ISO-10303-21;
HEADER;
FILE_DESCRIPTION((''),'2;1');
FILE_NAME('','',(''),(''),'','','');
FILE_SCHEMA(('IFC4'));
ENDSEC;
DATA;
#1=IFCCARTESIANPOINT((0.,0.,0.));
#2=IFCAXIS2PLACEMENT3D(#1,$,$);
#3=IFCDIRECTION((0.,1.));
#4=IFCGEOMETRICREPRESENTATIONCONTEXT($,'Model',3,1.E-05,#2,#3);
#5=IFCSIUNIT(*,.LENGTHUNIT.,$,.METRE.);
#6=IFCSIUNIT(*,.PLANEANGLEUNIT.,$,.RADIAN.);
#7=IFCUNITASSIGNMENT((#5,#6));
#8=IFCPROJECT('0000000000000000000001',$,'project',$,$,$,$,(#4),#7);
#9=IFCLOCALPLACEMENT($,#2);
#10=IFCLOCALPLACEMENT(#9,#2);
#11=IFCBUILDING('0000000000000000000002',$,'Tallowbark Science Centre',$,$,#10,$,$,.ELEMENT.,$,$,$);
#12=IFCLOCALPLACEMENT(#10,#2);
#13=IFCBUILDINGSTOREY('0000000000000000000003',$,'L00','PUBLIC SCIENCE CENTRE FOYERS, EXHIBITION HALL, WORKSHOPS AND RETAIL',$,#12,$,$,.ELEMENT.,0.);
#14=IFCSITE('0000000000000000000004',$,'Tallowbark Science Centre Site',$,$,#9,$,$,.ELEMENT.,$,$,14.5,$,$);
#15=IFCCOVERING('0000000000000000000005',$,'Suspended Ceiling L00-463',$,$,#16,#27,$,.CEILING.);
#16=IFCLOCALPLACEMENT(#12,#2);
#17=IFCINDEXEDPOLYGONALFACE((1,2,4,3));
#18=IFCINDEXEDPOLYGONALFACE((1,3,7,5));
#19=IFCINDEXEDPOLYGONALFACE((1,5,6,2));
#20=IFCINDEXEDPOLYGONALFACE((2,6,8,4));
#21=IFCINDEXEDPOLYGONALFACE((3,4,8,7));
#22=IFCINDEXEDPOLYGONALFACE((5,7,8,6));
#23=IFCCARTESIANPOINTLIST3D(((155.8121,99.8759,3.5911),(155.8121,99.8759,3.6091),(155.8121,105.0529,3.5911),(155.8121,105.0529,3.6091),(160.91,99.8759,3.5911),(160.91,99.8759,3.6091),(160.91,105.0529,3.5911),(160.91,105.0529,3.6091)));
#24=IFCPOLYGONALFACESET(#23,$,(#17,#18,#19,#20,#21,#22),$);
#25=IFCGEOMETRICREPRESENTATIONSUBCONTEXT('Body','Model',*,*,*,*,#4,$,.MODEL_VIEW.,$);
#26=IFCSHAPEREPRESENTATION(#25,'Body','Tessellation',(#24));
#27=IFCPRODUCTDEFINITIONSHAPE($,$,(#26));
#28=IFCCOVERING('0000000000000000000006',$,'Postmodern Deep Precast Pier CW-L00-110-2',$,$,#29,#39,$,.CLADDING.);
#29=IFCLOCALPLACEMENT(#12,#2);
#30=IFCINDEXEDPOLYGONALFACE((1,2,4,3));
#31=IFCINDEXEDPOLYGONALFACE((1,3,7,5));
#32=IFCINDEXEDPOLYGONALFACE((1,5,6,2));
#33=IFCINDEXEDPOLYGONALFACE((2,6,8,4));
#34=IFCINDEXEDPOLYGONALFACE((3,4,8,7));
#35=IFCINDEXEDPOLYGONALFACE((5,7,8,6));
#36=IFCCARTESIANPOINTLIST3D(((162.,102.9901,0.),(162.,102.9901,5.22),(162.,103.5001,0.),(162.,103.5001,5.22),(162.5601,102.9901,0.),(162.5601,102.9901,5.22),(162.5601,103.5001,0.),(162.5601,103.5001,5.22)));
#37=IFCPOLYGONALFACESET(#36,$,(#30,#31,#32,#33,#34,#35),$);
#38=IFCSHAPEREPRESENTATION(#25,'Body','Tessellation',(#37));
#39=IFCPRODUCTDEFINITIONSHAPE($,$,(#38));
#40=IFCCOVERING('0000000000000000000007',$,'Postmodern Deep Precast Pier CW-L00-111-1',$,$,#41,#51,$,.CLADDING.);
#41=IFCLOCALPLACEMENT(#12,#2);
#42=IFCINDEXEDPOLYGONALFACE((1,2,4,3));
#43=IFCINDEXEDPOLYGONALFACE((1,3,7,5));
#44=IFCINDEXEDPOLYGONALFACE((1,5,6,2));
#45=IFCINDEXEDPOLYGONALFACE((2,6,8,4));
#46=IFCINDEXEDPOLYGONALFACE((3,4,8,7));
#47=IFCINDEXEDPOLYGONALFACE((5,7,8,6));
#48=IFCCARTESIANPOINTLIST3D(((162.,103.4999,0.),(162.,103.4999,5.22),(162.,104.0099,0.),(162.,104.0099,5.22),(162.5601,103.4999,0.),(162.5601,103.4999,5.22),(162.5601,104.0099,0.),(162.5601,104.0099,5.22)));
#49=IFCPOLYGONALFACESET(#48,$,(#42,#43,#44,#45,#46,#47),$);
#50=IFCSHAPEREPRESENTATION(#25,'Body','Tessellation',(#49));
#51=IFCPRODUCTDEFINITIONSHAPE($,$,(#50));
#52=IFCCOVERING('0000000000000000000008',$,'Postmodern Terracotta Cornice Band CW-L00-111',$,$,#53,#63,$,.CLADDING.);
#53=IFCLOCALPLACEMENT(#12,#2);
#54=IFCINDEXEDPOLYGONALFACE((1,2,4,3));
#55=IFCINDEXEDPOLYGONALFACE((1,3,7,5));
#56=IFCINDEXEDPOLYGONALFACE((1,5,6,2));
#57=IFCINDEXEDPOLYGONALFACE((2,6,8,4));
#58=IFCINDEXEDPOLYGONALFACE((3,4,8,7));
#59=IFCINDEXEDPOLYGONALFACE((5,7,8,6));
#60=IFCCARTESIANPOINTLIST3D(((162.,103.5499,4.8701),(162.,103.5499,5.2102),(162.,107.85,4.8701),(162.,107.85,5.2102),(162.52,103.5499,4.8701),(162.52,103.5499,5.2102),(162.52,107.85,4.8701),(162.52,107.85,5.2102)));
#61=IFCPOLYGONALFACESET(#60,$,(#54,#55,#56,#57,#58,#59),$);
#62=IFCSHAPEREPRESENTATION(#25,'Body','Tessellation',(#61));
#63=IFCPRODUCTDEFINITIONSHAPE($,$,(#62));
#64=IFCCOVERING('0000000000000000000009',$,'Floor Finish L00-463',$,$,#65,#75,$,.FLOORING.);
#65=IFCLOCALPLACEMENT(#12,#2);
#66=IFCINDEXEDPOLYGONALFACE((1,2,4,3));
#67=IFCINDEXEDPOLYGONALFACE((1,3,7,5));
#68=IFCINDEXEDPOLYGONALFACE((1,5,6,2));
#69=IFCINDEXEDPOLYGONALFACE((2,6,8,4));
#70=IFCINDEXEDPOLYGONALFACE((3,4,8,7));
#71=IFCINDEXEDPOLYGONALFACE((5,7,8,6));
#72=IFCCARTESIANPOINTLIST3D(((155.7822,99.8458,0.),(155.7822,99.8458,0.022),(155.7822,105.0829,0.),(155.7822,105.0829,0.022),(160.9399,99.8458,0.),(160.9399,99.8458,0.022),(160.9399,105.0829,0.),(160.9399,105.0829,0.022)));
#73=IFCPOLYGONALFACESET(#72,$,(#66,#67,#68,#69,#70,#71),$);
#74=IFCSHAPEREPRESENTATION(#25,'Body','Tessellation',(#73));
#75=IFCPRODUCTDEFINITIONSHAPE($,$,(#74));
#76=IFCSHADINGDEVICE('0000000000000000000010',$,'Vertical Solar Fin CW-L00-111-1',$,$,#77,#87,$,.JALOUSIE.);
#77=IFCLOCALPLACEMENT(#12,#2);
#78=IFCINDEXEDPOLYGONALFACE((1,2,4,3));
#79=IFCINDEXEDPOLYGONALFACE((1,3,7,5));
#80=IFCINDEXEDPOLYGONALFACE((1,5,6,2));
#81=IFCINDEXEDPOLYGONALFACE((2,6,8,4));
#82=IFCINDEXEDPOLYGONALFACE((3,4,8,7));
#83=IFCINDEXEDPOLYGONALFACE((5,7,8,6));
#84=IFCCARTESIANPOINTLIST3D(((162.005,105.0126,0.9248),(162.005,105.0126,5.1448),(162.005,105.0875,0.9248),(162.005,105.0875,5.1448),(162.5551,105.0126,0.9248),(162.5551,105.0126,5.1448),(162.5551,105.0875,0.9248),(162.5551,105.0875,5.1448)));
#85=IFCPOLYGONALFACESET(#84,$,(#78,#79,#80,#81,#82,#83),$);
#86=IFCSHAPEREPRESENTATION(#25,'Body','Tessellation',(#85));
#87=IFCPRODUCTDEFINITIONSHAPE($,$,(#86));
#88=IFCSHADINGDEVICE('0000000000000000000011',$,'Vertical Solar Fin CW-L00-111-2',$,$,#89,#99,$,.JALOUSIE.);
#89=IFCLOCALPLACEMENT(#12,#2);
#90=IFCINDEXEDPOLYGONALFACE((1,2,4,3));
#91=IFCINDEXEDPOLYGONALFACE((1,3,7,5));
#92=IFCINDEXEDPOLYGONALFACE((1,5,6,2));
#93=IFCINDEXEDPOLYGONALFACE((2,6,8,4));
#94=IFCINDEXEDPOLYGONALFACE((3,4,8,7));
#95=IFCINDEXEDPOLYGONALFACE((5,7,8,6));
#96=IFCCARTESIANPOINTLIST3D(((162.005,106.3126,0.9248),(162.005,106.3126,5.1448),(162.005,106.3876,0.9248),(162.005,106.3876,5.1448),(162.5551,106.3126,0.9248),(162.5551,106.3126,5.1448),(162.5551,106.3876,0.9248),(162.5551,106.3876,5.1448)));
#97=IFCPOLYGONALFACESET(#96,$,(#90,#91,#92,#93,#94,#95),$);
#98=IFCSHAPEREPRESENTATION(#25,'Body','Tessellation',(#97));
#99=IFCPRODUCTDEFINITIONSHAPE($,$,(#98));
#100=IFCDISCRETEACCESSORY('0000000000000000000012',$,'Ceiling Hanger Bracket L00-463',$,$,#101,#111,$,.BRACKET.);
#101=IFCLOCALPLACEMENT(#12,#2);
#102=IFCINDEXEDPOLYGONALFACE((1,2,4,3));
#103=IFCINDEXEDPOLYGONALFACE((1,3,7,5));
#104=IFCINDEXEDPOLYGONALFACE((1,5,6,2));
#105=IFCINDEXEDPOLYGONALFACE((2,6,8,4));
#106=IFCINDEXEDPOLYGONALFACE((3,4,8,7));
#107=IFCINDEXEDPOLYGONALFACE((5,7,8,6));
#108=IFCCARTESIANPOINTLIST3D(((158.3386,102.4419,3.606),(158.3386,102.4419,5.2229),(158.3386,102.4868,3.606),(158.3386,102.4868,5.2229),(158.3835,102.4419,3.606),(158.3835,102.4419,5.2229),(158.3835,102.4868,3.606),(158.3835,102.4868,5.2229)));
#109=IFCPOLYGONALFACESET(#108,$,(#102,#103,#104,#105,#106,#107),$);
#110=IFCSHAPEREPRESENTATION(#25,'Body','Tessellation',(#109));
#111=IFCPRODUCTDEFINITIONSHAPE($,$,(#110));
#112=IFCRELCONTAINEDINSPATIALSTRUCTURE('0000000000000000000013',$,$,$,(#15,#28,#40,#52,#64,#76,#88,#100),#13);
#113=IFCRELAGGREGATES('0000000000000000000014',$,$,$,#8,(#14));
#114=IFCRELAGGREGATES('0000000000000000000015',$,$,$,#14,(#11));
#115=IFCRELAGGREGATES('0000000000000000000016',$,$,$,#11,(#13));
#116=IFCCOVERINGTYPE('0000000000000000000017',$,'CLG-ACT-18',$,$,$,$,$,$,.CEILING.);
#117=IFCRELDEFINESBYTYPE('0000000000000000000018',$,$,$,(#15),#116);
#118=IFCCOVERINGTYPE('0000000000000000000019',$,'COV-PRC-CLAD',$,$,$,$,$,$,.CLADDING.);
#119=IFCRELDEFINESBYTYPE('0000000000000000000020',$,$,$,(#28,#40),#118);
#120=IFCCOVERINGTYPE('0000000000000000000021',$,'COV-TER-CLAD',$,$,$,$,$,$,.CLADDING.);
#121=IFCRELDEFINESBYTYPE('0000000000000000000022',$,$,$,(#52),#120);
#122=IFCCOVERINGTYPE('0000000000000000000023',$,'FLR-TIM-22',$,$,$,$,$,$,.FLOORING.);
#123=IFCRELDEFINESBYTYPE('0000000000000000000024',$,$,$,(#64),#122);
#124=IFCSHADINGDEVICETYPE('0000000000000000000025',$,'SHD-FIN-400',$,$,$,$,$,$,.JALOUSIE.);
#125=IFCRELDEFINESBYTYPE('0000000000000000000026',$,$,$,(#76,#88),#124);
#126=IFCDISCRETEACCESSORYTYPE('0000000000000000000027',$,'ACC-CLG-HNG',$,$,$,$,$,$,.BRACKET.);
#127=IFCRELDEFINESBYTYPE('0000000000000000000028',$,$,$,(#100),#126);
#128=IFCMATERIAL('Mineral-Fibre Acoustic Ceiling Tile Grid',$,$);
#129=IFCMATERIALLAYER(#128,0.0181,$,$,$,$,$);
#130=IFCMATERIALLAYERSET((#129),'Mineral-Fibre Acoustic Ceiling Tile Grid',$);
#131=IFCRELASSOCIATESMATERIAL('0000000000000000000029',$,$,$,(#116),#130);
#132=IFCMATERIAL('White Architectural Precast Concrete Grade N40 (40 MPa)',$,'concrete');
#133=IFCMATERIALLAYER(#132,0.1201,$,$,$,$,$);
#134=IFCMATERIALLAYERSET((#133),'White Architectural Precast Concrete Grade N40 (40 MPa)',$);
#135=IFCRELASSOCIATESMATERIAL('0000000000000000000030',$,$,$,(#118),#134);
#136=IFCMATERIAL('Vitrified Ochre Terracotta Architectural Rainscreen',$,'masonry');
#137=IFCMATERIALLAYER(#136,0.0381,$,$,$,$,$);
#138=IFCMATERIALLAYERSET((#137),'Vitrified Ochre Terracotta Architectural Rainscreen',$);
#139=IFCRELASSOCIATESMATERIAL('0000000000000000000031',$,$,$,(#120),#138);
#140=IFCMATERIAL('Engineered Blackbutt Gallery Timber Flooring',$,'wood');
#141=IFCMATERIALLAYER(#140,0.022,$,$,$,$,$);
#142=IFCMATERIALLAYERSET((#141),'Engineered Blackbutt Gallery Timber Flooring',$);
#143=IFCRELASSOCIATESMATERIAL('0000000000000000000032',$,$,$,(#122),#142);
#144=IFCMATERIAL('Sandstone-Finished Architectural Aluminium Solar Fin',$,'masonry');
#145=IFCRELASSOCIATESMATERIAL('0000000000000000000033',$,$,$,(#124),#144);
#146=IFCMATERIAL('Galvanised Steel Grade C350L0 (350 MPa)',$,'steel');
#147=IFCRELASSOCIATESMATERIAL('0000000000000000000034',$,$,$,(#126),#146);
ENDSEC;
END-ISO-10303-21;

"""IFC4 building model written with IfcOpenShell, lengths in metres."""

from ifc_helpers import new_model, si_unit, direction, frame, origin, origin_2d, place, context, subcontext, project, spatial, rectangle, extrude, material, layer, layer_set, type_object, element, save


model = new_model("IFC4")

# Units and contexts
model_context = context("Model", 3, precision=1e-05, world=origin(), true_north=direction((0.0, 1.0)))
body_context = subcontext(model_context, "Body", "Model", "MODEL_VIEW")
ifc_project = project(units=[si_unit("LENGTHUNIT", "METRE"), si_unit("PLANEANGLEUNIT", "RADIAN")], contexts=[model_context])

# Site, building, storey
site_placement = place(None, origin())
site = spatial("IfcSite", under=ifc_project, at=site_placement, Name="Tallowbark Science Centre Site", CompositionType="ELEMENT", RefElevation=14.5)
building_placement = place(site_placement, origin())
building = spatial("IfcBuilding", under=site, at=building_placement, Name="Tallowbark Science Centre", CompositionType="ELEMENT")
storey_placement = place(building_placement, origin())
storey = spatial("IfcBuildingStorey", under=building, at=storey_placement, Name="L00", Description="PUBLIC SCIENCE CENTRE FOYERS, EXHIBITION HALL, WORKSHOPS AND RETAIL", CompositionType="ELEMENT", Elevation=0.0)

# Coverings
ifc_material_1 = material(Name="Mineral-Fibre Acoustic Ceiling Tile Grid")
ifc_layer_1 = layer(ifc_material_1, 0.0181)
ifc_layer_set_1 = layer_set([ifc_layer_1], Name="Mineral-Fibre Acoustic Ceiling Tile Grid")
covering_type_1 = type_object("IfcCoveringType", Name="CLG-ACT-18", PredefinedType="CEILING", material=ifc_layer_set_1)
covering_1_placement = place(storey_placement, frame((158.3611, 102.4644, 3.5911), z_axis=(0.0, 0.0, 1.0), x_axis=(1.0, 0.0, 0.0)))
element("IfcCovering", 1, at=covering_1_placement, inside=storey, type_object=covering_type_1, Name="Suspended Ceiling L00-463", PredefinedType="CEILING", context=body_context, shape_type="SweptSolid", body=[
    extrude(rectangle(XDim=5.0979, YDim=5.177, at=origin_2d()), origin(), (0.0, 0.0, 1.0), 0.0181),
])
ifc_material_2 = material(Name="White Architectural Precast Concrete Grade N40 (40 MPa)", Category="concrete")
ifc_layer_2 = layer(ifc_material_2, 0.1201)
ifc_layer_set_2 = layer_set([ifc_layer_2], Name="White Architectural Precast Concrete Grade N40 (40 MPa)")
covering_type_2 = type_object("IfcCoveringType", Name="COV-PRC-CLAD", PredefinedType="CLADDING", material=ifc_layer_set_2)
for number, where, z_axis, x_axis, name in (
    (2, (162.28, 103.2451, 0.0), (0.0, 0.0, 1.0), (0.0, 1.0, 0.0), "Postmodern Deep Precast Pier CW-L00-110-2"),
    (3, (162.28, 103.7549, 0.0), (0.0, 0.0, 1.0), (0.0, 1.0, 0.0), "Postmodern Deep Precast Pier CW-L00-111-1"),
):
    element("IfcCovering", number, at=place(storey_placement, frame(where, z_axis=z_axis, x_axis=x_axis)), inside=storey, type_object=covering_type_2, Name=name, PredefinedType="CLADDING", context=body_context, shape_type="SweptSolid", body=[
        extrude(rectangle(XDim=0.51, YDim=0.5601, at=origin_2d()), origin(), (0.0, 0.0, 1.0), 5.22),
    ])
ifc_material_3 = material(Name="Vitrified Ochre Terracotta Architectural Rainscreen", Category="masonry")
ifc_layer_3 = layer(ifc_material_3, 0.0381)
ifc_layer_set_3 = layer_set([ifc_layer_3], Name="Vitrified Ochre Terracotta Architectural Rainscreen")
covering_type_3 = type_object("IfcCoveringType", Name="COV-TER-CLAD", PredefinedType="CLADDING", material=ifc_layer_set_3)
covering_2_placement = place(storey_placement, frame((162.26, 105.7, 4.8701), z_axis=(0.0, 0.0, 1.0), x_axis=(0.0, 1.0, 0.0)))
element("IfcCovering", 4, at=covering_2_placement, inside=storey, type_object=covering_type_3, Name="Postmodern Terracotta Cornice Band CW-L00-111", PredefinedType="CLADDING", context=body_context, shape_type="SweptSolid", body=[
    extrude(rectangle(XDim=4.3, YDim=0.52, at=origin_2d()), origin(), (0.0, 0.0, 1.0), 0.3401),
])
ifc_material_4 = material(Name="Engineered Blackbutt Gallery Timber Flooring", Category="wood")
ifc_layer_4 = layer(ifc_material_4, 0.022)
ifc_layer_set_4 = layer_set([ifc_layer_4], Name="Engineered Blackbutt Gallery Timber Flooring")
covering_type_4 = type_object("IfcCoveringType", Name="FLR-TIM-22", PredefinedType="FLOORING", material=ifc_layer_set_4)
covering_3_placement = place(storey_placement, frame((158.3611, 102.4644, 0.0), z_axis=(0.0, 0.0, 1.0), x_axis=(1.0, 0.0, 0.0)))
element("IfcCovering", 5, at=covering_3_placement, inside=storey, type_object=covering_type_4, Name="Floor Finish L00-463", PredefinedType="FLOORING", context=body_context, shape_type="SweptSolid", body=[
    extrude(rectangle(XDim=5.1577, YDim=5.2371, at=origin_2d()), origin(), (0.0, 0.0, 1.0), 0.022),
])

# Shading devices
ifc_material_5 = material(Name="Sandstone-Finished Architectural Aluminium Solar Fin", Category="masonry")
shading_device_type = type_object("IfcShadingDeviceType", Name="SHD-FIN-400", PredefinedType="JALOUSIE", material=ifc_material_5)
for number, where, z_axis, x_axis, name in (
    (6, (162.28, 105.05, 0.9248), (0.0, 0.0, 1.0), (0.0, 1.0, 0.0), "Vertical Solar Fin CW-L00-111-1"),
    (7, (162.28, 106.3501, 0.9248), (0.0, 0.0, 1.0), (0.0, 1.0, 0.0), "Vertical Solar Fin CW-L00-111-2"),
):
    element("IfcShadingDevice", number, at=place(storey_placement, frame(where, z_axis=z_axis, x_axis=x_axis)), inside=storey, type_object=shading_device_type, Name=name, PredefinedType="JALOUSIE", context=body_context, shape_type="SweptSolid", body=[
        extrude(rectangle(XDim=0.075, YDim=0.55, at=origin_2d()), origin(), (0.0, 0.0, 1.0), 4.22),
    ])

# Discrete accessory
ifc_material_6 = material(Name="Galvanised Steel Grade C350L0 (350 MPa)", Category="steel")
discrete_accessory_type = type_object("IfcDiscreteAccessoryType", Name="ACC-CLG-HNG", PredefinedType="BRACKET", material=ifc_material_6)
discrete_accessory_placement = place(storey_placement, frame((158.3611, 102.4644, 3.606), z_axis=(0.0, 0.0, 1.0), x_axis=(1.0, 0.0, 0.0)))
element("IfcDiscreteAccessory", 8, at=discrete_accessory_placement, inside=storey, type_object=discrete_accessory_type, Name="Ceiling Hanger Bracket L00-463", PredefinedType="BRACKET", context=body_context, shape_type="SweptSolid", body=[
    extrude(rectangle(XDim=0.0449, YDim=0.0449, at=origin_2d()), origin(), (0.0, 0.0, 1.0), 1.6169),
])

save(model, "model.ifc")
